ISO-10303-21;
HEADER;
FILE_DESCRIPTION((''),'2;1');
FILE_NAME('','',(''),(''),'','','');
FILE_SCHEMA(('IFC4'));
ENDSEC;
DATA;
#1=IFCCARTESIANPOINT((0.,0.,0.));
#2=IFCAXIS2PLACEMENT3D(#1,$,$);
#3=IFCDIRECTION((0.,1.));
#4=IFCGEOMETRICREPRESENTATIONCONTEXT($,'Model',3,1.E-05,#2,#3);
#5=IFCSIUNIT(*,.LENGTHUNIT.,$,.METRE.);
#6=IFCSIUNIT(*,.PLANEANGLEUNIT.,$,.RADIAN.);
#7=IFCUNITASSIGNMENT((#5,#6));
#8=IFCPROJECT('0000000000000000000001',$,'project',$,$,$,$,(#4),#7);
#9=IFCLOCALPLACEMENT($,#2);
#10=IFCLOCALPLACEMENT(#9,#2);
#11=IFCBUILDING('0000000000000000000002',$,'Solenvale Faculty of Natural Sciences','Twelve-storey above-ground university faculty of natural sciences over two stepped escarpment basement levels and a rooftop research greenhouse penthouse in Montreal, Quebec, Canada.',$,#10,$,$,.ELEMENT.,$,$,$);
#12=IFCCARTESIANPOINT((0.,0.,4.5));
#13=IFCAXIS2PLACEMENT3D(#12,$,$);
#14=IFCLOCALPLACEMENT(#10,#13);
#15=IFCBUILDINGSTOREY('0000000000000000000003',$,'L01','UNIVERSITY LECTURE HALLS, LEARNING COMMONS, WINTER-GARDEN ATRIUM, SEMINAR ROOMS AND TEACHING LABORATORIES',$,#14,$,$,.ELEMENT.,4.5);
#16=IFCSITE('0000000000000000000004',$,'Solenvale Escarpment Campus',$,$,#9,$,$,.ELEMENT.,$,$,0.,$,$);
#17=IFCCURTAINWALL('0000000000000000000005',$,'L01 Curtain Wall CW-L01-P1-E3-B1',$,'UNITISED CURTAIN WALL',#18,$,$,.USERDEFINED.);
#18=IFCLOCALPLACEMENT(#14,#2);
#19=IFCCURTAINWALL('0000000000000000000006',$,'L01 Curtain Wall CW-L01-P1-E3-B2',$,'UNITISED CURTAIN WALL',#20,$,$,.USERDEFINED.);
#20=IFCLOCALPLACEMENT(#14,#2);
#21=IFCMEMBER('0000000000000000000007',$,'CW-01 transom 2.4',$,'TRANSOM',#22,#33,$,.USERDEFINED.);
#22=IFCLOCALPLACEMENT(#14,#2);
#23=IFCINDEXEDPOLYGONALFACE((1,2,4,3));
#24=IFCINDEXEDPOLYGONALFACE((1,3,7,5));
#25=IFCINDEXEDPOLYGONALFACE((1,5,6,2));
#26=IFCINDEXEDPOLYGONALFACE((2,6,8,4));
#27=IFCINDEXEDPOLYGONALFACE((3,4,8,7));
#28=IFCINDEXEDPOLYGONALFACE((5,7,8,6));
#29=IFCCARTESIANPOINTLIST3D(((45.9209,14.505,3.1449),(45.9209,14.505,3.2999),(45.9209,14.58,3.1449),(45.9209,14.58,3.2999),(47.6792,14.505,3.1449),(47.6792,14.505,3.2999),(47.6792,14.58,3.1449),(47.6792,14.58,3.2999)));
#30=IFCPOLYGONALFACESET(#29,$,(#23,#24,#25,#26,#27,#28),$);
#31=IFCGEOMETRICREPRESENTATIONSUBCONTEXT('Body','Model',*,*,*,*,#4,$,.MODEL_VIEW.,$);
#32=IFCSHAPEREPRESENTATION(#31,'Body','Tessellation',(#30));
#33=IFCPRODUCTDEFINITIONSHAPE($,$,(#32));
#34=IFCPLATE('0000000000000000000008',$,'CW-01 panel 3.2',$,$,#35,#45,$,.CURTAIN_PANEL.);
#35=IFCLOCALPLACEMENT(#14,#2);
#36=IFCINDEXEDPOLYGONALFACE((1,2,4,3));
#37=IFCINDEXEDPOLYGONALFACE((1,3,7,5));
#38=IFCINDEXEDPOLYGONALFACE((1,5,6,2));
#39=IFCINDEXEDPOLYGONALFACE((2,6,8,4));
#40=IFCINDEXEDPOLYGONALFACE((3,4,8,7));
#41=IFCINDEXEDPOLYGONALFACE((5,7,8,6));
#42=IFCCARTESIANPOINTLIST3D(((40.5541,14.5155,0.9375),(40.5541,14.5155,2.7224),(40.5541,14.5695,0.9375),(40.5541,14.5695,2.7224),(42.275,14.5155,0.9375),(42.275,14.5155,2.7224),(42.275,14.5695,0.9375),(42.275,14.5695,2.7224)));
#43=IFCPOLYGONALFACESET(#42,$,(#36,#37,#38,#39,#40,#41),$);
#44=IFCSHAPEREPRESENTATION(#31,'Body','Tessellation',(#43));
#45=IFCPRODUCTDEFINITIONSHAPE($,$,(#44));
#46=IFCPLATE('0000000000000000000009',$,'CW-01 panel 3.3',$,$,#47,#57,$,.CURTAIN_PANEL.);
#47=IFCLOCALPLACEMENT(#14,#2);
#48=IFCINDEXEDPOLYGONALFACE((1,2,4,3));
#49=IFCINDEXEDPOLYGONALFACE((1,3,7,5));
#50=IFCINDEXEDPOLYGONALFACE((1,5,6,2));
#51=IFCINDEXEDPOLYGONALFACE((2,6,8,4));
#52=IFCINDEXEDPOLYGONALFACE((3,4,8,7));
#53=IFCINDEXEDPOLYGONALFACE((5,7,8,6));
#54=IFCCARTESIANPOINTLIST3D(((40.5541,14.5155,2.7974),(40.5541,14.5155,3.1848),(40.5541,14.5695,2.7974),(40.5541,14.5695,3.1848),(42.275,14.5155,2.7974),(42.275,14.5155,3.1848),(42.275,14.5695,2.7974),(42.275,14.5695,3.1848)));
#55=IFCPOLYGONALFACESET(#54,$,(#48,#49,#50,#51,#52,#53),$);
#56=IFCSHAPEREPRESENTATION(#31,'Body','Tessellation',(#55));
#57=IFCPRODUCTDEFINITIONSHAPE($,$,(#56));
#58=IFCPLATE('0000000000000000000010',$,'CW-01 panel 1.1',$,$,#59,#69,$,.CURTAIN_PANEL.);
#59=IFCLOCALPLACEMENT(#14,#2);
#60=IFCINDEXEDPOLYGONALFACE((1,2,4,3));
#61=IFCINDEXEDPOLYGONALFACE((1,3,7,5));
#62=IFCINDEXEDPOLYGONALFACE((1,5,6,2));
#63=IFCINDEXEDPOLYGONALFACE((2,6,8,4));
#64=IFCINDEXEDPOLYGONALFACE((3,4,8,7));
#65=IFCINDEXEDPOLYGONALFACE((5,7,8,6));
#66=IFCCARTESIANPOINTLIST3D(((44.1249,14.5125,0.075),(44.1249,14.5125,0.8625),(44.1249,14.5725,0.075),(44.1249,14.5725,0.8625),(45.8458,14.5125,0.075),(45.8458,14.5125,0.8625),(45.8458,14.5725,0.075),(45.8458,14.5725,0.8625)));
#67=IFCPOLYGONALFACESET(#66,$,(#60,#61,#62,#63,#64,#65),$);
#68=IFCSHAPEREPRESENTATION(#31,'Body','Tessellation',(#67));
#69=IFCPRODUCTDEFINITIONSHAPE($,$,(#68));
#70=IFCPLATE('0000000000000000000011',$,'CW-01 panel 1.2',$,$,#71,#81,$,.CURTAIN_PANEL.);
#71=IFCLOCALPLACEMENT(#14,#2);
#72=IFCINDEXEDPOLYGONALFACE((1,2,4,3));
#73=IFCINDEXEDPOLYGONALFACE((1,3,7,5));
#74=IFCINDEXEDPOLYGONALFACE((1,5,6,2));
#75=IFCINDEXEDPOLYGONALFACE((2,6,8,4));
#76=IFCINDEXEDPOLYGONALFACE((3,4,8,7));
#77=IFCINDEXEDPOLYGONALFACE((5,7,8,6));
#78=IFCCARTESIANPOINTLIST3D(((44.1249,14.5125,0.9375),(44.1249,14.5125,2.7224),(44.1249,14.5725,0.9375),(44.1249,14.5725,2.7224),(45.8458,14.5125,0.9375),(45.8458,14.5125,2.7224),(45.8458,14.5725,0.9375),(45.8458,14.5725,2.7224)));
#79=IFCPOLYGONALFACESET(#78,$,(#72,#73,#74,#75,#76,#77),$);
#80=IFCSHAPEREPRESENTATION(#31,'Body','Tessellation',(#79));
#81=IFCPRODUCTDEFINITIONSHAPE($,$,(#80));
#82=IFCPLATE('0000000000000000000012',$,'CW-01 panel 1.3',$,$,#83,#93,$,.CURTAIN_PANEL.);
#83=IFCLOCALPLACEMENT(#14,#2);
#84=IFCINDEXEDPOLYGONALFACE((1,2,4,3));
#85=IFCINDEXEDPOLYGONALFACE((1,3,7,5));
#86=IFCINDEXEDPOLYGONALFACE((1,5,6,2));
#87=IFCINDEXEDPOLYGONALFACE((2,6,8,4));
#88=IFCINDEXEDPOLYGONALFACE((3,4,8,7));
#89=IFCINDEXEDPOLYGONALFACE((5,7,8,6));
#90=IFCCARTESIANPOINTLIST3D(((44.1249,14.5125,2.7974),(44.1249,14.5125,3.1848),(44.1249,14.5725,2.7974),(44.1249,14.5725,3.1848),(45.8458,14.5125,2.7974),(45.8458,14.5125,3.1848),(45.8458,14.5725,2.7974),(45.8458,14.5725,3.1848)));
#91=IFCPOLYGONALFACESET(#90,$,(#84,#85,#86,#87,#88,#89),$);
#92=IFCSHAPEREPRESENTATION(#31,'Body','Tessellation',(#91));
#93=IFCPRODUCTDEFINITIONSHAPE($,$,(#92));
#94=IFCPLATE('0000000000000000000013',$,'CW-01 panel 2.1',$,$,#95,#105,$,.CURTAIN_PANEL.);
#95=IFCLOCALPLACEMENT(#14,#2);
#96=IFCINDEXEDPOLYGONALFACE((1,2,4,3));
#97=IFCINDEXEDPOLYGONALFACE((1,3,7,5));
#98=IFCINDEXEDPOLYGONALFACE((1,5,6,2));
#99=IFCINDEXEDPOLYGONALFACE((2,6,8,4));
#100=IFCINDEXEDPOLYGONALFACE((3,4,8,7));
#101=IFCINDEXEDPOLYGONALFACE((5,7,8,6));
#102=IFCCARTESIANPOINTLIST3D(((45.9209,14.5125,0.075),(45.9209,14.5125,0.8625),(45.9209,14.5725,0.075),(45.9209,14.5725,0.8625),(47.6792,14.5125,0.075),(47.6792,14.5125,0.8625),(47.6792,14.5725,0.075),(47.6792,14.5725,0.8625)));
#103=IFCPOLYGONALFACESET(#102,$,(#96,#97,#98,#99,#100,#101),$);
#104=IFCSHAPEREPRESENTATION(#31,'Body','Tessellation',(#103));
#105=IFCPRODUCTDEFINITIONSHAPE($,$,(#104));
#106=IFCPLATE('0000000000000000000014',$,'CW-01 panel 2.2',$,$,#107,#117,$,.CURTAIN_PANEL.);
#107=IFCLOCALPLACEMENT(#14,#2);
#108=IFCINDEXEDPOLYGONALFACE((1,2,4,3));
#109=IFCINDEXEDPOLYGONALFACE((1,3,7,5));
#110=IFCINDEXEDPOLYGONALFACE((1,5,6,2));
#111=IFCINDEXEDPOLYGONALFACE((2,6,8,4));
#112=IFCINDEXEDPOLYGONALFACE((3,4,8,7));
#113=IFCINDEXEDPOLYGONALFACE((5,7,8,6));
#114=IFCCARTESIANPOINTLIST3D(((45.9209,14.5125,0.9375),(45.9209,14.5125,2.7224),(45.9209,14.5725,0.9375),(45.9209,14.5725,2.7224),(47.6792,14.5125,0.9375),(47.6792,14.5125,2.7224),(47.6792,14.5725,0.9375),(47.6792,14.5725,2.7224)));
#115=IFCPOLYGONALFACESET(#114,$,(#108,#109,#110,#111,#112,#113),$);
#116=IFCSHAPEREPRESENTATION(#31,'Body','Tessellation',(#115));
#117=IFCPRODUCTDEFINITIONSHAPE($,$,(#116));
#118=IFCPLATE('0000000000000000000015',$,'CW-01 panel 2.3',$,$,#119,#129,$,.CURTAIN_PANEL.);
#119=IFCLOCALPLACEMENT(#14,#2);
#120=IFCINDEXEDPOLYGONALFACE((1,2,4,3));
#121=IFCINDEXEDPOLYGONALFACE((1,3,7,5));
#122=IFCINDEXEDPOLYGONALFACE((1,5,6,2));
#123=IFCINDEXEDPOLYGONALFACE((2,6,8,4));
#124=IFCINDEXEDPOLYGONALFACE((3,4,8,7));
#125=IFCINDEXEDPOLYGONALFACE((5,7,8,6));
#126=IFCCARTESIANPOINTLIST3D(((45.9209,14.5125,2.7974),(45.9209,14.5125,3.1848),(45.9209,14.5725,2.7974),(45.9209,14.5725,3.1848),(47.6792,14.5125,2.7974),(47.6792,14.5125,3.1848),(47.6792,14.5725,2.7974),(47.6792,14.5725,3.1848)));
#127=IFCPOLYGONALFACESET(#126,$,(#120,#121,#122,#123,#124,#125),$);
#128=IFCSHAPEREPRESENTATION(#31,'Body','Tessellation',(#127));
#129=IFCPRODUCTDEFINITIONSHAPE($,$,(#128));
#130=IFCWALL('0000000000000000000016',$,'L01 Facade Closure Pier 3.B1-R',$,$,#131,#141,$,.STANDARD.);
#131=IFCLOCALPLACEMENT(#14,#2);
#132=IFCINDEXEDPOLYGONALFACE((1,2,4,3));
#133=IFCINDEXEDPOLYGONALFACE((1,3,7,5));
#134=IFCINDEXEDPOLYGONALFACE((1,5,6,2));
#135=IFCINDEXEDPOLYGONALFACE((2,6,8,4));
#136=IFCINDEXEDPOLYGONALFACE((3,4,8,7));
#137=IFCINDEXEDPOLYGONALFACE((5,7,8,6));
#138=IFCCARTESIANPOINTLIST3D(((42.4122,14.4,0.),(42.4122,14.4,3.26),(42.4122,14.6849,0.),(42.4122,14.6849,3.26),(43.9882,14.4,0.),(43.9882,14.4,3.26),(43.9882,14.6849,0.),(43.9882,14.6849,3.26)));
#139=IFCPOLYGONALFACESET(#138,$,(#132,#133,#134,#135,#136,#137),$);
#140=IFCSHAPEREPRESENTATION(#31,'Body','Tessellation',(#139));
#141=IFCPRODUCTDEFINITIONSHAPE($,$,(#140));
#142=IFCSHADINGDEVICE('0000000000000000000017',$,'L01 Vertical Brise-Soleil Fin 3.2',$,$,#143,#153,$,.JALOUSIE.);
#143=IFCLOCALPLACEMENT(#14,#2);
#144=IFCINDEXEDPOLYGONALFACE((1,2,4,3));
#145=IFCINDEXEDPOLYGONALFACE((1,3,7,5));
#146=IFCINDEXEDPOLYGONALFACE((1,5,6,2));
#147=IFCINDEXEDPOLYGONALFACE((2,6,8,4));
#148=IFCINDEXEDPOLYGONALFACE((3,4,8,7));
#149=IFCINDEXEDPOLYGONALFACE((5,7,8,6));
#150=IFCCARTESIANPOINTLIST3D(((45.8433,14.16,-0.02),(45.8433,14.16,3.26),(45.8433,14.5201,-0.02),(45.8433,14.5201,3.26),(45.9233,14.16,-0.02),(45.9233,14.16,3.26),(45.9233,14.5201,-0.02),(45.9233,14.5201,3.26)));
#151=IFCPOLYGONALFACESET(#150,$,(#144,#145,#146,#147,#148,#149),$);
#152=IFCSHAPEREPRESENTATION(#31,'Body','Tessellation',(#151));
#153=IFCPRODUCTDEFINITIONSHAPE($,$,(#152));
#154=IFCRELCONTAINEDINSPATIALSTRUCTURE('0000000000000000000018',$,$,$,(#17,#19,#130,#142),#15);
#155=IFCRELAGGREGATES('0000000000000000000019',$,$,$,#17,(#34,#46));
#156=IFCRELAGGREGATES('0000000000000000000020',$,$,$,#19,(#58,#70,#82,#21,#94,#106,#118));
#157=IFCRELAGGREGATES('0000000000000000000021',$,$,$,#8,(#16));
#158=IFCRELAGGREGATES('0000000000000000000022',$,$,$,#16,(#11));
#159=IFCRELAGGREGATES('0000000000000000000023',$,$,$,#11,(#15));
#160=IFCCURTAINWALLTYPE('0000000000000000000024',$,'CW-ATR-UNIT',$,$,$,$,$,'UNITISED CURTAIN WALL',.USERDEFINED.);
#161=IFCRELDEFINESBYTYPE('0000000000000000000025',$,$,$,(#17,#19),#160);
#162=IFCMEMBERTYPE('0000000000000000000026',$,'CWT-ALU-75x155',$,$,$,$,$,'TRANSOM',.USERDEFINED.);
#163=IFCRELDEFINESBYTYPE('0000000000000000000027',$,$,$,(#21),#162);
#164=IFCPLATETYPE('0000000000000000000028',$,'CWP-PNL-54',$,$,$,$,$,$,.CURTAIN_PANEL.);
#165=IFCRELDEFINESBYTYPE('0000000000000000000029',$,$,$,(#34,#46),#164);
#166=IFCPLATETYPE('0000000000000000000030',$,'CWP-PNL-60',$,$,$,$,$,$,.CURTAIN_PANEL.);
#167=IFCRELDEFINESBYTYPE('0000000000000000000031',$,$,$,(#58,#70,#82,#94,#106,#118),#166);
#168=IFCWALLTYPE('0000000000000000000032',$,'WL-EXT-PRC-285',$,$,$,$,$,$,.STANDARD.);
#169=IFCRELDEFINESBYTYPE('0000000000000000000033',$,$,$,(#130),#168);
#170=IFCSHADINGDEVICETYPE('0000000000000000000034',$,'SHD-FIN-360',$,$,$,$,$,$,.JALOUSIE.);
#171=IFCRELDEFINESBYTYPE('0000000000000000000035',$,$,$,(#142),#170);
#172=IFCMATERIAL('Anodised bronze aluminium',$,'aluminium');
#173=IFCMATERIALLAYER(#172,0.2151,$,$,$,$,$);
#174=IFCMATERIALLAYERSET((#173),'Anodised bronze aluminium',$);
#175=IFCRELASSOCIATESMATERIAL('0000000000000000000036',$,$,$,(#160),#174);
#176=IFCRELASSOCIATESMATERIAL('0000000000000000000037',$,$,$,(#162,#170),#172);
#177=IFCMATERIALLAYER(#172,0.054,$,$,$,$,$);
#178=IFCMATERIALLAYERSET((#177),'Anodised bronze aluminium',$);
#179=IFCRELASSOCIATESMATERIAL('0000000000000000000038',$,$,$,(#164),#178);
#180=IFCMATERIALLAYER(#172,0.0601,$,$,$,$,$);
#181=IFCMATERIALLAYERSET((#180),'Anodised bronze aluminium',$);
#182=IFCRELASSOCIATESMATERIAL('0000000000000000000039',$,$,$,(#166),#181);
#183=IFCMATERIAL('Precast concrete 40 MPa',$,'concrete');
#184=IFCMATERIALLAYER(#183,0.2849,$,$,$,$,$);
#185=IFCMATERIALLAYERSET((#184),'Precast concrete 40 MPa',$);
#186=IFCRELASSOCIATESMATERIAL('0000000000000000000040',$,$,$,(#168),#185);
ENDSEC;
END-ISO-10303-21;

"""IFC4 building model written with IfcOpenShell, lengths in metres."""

from ifc_helpers import new_model, si_unit, direction, frame, frame_2d, origin, origin_2d, place, context, subcontext, project, spatial, rectangle, extrude, material, layer, layer_set, material_profile, profile_set, type_object, element, aggregate, save


model = new_model("IFC4")

# Units and contexts
model_context = context("Model", 3, precision=1e-05, world=origin(), true_north=direction((0.0, 1.0)))
body_context = subcontext(model_context, "Body", "Model", "MODEL_VIEW")
ifc_project = project(units=[si_unit("LENGTHUNIT", "METRE"), si_unit("PLANEANGLEUNIT", "RADIAN")], contexts=[model_context])

# Site, building, storey
site_placement = place(None, origin())
site = spatial("IfcSite", under=ifc_project, at=site_placement, Name="Solenvale Escarpment Campus", CompositionType="ELEMENT", RefElevation=0.0)
building_placement = place(site_placement, origin())
building = spatial("IfcBuilding", under=site, at=building_placement, Name="Solenvale Faculty of Natural Sciences", Description="Twelve-storey above-ground university faculty of natural sciences over two stepped escarpment basement levels and a rooftop research greenhouse penthouse in Montreal, Quebec, Canada.", CompositionType="ELEMENT")
storey_placement = place(building_placement, frame((0.0, 0.0, 4.5)))
storey = spatial("IfcBuildingStorey", under=building, at=storey_placement, Name="L01", Description="UNIVERSITY LECTURE HALLS, LEARNING COMMONS, WINTER-GARDEN ATRIUM, SEMINAR ROOMS AND TEACHING LABORATORIES", CompositionType="ELEMENT", Elevation=4.5)

# Curtain wall
ifc_material_1 = material(Name="Anodised bronze aluminium", Category="aluminium")
ifc_layer_1 = layer(ifc_material_1, 0.2151)
ifc_layer_set_1 = layer_set([ifc_layer_1], Name="Anodised bronze aluminium")
curtain_wall_type = type_object("IfcCurtainWallType", Name="CW-ATR-UNIT", ElementType="UNITISED CURTAIN WALL", PredefinedType="USERDEFINED", material=ifc_layer_set_1)
curtain_wall_1_placement = place(storey_placement, origin())
curtain_wall_1 = element("IfcCurtainWall", 1, at=curtain_wall_1_placement, inside=storey, type_object=curtain_wall_type, Name="L01 Curtain Wall CW-L01-P1-E3-B1", ObjectType="UNITISED CURTAIN WALL", PredefinedType="USERDEFINED")

# Curtain wall, member
curtain_wall_2_placement = place(storey_placement, origin())
curtain_wall_2 = element("IfcCurtainWall", 2, at=curtain_wall_2_placement, inside=storey, type_object=curtain_wall_type, Name="L01 Curtain Wall CW-L01-P1-E3-B2", ObjectType="UNITISED CURTAIN WALL", PredefinedType="USERDEFINED")
ifc_material_profile_1 = material_profile(ifc_material_1, rectangle(XDim=0.075, YDim=0.155, at=origin_2d()), Name="ALU-TRN-75x155")
ifc_profile_set_1 = profile_set([ifc_material_profile_1], Name="Anodised bronze aluminium")
member_type_1 = type_object("IfcMemberType", Name="CWT-ALU-75x155", ElementType="TRANSOM", PredefinedType="USERDEFINED", material=ifc_profile_set_1)
member_1_placement = place(storey_placement, frame((45.9209, 14.5425, 3.2224), z_axis=(1.0, 0.0, 0.0), x_axis=(0.0, 1.0, 0.0)))
member_1 = element("IfcMember", 3, at=member_1_placement, type_object=member_type_1, Name="CW-01 transom 2.4", ObjectType="TRANSOM", PredefinedType="USERDEFINED", context=body_context, shape_type="SweptSolid", body=[
    extrude(rectangle(XDim=0.075, YDim=0.155, at=origin_2d()), origin(), (0.0, 0.0, 1.0), 1.7583),
])

# Plates
ifc_layer_2 = layer(ifc_material_1, 0.054)
ifc_layer_set_2 = layer_set([ifc_layer_2], Name="Anodised bronze aluminium")
plate_type_1 = type_object("IfcPlateType", Name="CWP-PNL-54", PredefinedType="CURTAIN_PANEL", material=ifc_layer_set_2)
plate_1_placement = place(storey_placement, frame((41.4146, 14.5425, 0.9375), z_axis=(0.0, 0.0, 1.0), x_axis=(1.0, 0.0, 0.0)))
plate_1 = element("IfcPlate", 4, at=plate_1_placement, type_object=plate_type_1, Name="CW-01 panel 3.2", PredefinedType="CURTAIN_PANEL", context=body_context, shape_type="SweptSolid", body=[
    extrude(rectangle(XDim=1.7209, YDim=0.054, at=origin_2d()), origin(), (0.0, 0.0, 1.0), 1.7849),
])
plate_2_placement = place(storey_placement, frame((41.4146, 14.5425, 2.7974), z_axis=(0.0, 0.0, 1.0), x_axis=(1.0, 0.0, 0.0)))
plate_2 = element("IfcPlate", 5, at=plate_2_placement, type_object=plate_type_1, Name="CW-01 panel 3.3", PredefinedType="CURTAIN_PANEL", context=body_context, shape_type="SweptSolid", body=[
    extrude(rectangle(XDim=1.7209, YDim=0.054, at=origin_2d()), origin(), (0.0, 0.0, 1.0), 0.3875),
])
aggregate(curtain_wall_1, [plate_1, plate_2])
ifc_layer_3 = layer(ifc_material_1, 0.0601)
ifc_layer_set_3 = layer_set([ifc_layer_3], Name="Anodised bronze aluminium")
plate_type_2 = type_object("IfcPlateType", Name="CWP-PNL-60", PredefinedType="CURTAIN_PANEL", material=ifc_layer_set_3)
plate_3_placement = place(storey_placement, frame((44.9854, 14.5425, 0.075), z_axis=(0.0, 0.0, 1.0), x_axis=(1.0, 0.0, 0.0)))
plate_3 = element("IfcPlate", 6, at=plate_3_placement, type_object=plate_type_2, Name="CW-01 panel 1.1", PredefinedType="CURTAIN_PANEL", context=body_context, shape_type="SweptSolid", body=[
    extrude(rectangle(XDim=1.7209, YDim=0.0601, at=origin_2d()), origin(), (0.0, 0.0, 1.0), 0.7876),
])
plate_4_placement = place(storey_placement, frame((44.9854, 14.5425, 0.9375), z_axis=(0.0, 0.0, 1.0), x_axis=(1.0, 0.0, 0.0)))
plate_4 = element("IfcPlate", 7, at=plate_4_placement, type_object=plate_type_2, Name="CW-01 panel 1.2", PredefinedType="CURTAIN_PANEL", context=body_context, shape_type="SweptSolid", body=[
    extrude(rectangle(XDim=1.7209, YDim=0.0601, at=origin_2d()), origin(), (0.0, 0.0, 1.0), 1.7849),
])
plate_5_placement = place(storey_placement, frame((44.9854, 14.5425, 2.7974), z_axis=(0.0, 0.0, 1.0), x_axis=(1.0, 0.0, 0.0)))
plate_5 = element("IfcPlate", 8, at=plate_5_placement, type_object=plate_type_2, Name="CW-01 panel 1.3", PredefinedType="CURTAIN_PANEL", context=body_context, shape_type="SweptSolid", body=[
    extrude(rectangle(XDim=1.7209, YDim=0.0601, at=origin_2d()), origin(), (0.0, 0.0, 1.0), 0.3875),
])
plate_6_placement = place(storey_placement, frame((46.8, 14.5425, 0.075), z_axis=(0.0, 0.0, 1.0), x_axis=(1.0, 0.0, 0.0)))
plate_6 = element("IfcPlate", 9, at=plate_6_placement, type_object=plate_type_2, Name="CW-01 panel 2.1", PredefinedType="CURTAIN_PANEL", context=body_context, shape_type="SweptSolid", body=[
    extrude(rectangle(XDim=1.7583, YDim=0.0601, at=origin_2d()), origin(), (0.0, 0.0, 1.0), 0.7876),
])
plate_7_placement = place(storey_placement, frame((46.8, 14.5425, 0.9375), z_axis=(0.0, 0.0, 1.0), x_axis=(1.0, 0.0, 0.0)))
plate_7 = element("IfcPlate", 10, at=plate_7_placement, type_object=plate_type_2, Name="CW-01 panel 2.2", PredefinedType="CURTAIN_PANEL", context=body_context, shape_type="SweptSolid", body=[
    extrude(rectangle(XDim=1.7583, YDim=0.0601, at=origin_2d()), origin(), (0.0, 0.0, 1.0), 1.7849),
])
plate_8_placement = place(storey_placement, frame((46.8, 14.5425, 2.7974), z_axis=(0.0, 0.0, 1.0), x_axis=(1.0, 0.0, 0.0)))
plate_8 = element("IfcPlate", 11, at=plate_8_placement, type_object=plate_type_2, Name="CW-01 panel 2.3", PredefinedType="CURTAIN_PANEL", context=body_context, shape_type="SweptSolid", body=[
    extrude(rectangle(XDim=1.7583, YDim=0.0601, at=origin_2d()), origin(), (0.0, 0.0, 1.0), 0.3875),
])
aggregate(curtain_wall_2, [plate_3, plate_4, plate_5, member_1, plate_6, plate_7, plate_8])

# Wall
ifc_material_2 = material(Name="Precast concrete 40 MPa", Category="concrete")
ifc_layer_4 = layer(ifc_material_2, 0.2849)
ifc_layer_set_4 = layer_set([ifc_layer_4], Name="Precast concrete 40 MPa")
wall_type = type_object("IfcWallType", Name="WL-EXT-PRC-285", PredefinedType="STANDARD", material=ifc_layer_set_4)
wall_placement = place(storey_placement, frame((42.4121, 14.5425, 0.0), z_axis=(0.0, 0.0, 1.0), x_axis=(1.0, 0.0, 0.0)))
element("IfcWall", 12, at=wall_placement, inside=storey, type_object=wall_type, Name="L01 Facade Closure Pier 3.B1-R", PredefinedType="STANDARD", context=body_context, shape_type="SweptSolid", body=[
    extrude(rectangle(XDim=1.5759, YDim=0.2849, at=frame_2d((0.7881, 0.0))), origin(), (0.0, 0.0, 1.0), 3.26),
])

# Shading device
ifc_material_profile_2 = material_profile(ifc_material_1, rectangle(XDim=0.0801, YDim=0.3601, at=origin_2d()), Name="ALU-FIN-80x360")
ifc_profile_set_2 = profile_set([ifc_material_profile_2], Name="Anodised bronze aluminium")
shading_device_type = type_object("IfcShadingDeviceType", Name="SHD-FIN-360", PredefinedType="JALOUSIE", material=ifc_profile_set_2)
shading_device_placement = place(storey_placement, frame((45.8833, 14.3401, -0.02), z_axis=(0.0, 0.0, 1.0), x_axis=(1.0, 0.0, 0.0)))
element("IfcShadingDevice", 13, at=shading_device_placement, inside=storey, type_object=shading_device_type, Name="L01 Vertical Brise-Soleil Fin 3.2", PredefinedType="JALOUSIE", context=body_context, shape_type="SweptSolid", body=[
    extrude(rectangle(XDim=0.0801, YDim=0.3601, at=origin_2d()), origin(), (0.0, 0.0, 1.0), 3.28),
])

save(model, "model.ifc")
